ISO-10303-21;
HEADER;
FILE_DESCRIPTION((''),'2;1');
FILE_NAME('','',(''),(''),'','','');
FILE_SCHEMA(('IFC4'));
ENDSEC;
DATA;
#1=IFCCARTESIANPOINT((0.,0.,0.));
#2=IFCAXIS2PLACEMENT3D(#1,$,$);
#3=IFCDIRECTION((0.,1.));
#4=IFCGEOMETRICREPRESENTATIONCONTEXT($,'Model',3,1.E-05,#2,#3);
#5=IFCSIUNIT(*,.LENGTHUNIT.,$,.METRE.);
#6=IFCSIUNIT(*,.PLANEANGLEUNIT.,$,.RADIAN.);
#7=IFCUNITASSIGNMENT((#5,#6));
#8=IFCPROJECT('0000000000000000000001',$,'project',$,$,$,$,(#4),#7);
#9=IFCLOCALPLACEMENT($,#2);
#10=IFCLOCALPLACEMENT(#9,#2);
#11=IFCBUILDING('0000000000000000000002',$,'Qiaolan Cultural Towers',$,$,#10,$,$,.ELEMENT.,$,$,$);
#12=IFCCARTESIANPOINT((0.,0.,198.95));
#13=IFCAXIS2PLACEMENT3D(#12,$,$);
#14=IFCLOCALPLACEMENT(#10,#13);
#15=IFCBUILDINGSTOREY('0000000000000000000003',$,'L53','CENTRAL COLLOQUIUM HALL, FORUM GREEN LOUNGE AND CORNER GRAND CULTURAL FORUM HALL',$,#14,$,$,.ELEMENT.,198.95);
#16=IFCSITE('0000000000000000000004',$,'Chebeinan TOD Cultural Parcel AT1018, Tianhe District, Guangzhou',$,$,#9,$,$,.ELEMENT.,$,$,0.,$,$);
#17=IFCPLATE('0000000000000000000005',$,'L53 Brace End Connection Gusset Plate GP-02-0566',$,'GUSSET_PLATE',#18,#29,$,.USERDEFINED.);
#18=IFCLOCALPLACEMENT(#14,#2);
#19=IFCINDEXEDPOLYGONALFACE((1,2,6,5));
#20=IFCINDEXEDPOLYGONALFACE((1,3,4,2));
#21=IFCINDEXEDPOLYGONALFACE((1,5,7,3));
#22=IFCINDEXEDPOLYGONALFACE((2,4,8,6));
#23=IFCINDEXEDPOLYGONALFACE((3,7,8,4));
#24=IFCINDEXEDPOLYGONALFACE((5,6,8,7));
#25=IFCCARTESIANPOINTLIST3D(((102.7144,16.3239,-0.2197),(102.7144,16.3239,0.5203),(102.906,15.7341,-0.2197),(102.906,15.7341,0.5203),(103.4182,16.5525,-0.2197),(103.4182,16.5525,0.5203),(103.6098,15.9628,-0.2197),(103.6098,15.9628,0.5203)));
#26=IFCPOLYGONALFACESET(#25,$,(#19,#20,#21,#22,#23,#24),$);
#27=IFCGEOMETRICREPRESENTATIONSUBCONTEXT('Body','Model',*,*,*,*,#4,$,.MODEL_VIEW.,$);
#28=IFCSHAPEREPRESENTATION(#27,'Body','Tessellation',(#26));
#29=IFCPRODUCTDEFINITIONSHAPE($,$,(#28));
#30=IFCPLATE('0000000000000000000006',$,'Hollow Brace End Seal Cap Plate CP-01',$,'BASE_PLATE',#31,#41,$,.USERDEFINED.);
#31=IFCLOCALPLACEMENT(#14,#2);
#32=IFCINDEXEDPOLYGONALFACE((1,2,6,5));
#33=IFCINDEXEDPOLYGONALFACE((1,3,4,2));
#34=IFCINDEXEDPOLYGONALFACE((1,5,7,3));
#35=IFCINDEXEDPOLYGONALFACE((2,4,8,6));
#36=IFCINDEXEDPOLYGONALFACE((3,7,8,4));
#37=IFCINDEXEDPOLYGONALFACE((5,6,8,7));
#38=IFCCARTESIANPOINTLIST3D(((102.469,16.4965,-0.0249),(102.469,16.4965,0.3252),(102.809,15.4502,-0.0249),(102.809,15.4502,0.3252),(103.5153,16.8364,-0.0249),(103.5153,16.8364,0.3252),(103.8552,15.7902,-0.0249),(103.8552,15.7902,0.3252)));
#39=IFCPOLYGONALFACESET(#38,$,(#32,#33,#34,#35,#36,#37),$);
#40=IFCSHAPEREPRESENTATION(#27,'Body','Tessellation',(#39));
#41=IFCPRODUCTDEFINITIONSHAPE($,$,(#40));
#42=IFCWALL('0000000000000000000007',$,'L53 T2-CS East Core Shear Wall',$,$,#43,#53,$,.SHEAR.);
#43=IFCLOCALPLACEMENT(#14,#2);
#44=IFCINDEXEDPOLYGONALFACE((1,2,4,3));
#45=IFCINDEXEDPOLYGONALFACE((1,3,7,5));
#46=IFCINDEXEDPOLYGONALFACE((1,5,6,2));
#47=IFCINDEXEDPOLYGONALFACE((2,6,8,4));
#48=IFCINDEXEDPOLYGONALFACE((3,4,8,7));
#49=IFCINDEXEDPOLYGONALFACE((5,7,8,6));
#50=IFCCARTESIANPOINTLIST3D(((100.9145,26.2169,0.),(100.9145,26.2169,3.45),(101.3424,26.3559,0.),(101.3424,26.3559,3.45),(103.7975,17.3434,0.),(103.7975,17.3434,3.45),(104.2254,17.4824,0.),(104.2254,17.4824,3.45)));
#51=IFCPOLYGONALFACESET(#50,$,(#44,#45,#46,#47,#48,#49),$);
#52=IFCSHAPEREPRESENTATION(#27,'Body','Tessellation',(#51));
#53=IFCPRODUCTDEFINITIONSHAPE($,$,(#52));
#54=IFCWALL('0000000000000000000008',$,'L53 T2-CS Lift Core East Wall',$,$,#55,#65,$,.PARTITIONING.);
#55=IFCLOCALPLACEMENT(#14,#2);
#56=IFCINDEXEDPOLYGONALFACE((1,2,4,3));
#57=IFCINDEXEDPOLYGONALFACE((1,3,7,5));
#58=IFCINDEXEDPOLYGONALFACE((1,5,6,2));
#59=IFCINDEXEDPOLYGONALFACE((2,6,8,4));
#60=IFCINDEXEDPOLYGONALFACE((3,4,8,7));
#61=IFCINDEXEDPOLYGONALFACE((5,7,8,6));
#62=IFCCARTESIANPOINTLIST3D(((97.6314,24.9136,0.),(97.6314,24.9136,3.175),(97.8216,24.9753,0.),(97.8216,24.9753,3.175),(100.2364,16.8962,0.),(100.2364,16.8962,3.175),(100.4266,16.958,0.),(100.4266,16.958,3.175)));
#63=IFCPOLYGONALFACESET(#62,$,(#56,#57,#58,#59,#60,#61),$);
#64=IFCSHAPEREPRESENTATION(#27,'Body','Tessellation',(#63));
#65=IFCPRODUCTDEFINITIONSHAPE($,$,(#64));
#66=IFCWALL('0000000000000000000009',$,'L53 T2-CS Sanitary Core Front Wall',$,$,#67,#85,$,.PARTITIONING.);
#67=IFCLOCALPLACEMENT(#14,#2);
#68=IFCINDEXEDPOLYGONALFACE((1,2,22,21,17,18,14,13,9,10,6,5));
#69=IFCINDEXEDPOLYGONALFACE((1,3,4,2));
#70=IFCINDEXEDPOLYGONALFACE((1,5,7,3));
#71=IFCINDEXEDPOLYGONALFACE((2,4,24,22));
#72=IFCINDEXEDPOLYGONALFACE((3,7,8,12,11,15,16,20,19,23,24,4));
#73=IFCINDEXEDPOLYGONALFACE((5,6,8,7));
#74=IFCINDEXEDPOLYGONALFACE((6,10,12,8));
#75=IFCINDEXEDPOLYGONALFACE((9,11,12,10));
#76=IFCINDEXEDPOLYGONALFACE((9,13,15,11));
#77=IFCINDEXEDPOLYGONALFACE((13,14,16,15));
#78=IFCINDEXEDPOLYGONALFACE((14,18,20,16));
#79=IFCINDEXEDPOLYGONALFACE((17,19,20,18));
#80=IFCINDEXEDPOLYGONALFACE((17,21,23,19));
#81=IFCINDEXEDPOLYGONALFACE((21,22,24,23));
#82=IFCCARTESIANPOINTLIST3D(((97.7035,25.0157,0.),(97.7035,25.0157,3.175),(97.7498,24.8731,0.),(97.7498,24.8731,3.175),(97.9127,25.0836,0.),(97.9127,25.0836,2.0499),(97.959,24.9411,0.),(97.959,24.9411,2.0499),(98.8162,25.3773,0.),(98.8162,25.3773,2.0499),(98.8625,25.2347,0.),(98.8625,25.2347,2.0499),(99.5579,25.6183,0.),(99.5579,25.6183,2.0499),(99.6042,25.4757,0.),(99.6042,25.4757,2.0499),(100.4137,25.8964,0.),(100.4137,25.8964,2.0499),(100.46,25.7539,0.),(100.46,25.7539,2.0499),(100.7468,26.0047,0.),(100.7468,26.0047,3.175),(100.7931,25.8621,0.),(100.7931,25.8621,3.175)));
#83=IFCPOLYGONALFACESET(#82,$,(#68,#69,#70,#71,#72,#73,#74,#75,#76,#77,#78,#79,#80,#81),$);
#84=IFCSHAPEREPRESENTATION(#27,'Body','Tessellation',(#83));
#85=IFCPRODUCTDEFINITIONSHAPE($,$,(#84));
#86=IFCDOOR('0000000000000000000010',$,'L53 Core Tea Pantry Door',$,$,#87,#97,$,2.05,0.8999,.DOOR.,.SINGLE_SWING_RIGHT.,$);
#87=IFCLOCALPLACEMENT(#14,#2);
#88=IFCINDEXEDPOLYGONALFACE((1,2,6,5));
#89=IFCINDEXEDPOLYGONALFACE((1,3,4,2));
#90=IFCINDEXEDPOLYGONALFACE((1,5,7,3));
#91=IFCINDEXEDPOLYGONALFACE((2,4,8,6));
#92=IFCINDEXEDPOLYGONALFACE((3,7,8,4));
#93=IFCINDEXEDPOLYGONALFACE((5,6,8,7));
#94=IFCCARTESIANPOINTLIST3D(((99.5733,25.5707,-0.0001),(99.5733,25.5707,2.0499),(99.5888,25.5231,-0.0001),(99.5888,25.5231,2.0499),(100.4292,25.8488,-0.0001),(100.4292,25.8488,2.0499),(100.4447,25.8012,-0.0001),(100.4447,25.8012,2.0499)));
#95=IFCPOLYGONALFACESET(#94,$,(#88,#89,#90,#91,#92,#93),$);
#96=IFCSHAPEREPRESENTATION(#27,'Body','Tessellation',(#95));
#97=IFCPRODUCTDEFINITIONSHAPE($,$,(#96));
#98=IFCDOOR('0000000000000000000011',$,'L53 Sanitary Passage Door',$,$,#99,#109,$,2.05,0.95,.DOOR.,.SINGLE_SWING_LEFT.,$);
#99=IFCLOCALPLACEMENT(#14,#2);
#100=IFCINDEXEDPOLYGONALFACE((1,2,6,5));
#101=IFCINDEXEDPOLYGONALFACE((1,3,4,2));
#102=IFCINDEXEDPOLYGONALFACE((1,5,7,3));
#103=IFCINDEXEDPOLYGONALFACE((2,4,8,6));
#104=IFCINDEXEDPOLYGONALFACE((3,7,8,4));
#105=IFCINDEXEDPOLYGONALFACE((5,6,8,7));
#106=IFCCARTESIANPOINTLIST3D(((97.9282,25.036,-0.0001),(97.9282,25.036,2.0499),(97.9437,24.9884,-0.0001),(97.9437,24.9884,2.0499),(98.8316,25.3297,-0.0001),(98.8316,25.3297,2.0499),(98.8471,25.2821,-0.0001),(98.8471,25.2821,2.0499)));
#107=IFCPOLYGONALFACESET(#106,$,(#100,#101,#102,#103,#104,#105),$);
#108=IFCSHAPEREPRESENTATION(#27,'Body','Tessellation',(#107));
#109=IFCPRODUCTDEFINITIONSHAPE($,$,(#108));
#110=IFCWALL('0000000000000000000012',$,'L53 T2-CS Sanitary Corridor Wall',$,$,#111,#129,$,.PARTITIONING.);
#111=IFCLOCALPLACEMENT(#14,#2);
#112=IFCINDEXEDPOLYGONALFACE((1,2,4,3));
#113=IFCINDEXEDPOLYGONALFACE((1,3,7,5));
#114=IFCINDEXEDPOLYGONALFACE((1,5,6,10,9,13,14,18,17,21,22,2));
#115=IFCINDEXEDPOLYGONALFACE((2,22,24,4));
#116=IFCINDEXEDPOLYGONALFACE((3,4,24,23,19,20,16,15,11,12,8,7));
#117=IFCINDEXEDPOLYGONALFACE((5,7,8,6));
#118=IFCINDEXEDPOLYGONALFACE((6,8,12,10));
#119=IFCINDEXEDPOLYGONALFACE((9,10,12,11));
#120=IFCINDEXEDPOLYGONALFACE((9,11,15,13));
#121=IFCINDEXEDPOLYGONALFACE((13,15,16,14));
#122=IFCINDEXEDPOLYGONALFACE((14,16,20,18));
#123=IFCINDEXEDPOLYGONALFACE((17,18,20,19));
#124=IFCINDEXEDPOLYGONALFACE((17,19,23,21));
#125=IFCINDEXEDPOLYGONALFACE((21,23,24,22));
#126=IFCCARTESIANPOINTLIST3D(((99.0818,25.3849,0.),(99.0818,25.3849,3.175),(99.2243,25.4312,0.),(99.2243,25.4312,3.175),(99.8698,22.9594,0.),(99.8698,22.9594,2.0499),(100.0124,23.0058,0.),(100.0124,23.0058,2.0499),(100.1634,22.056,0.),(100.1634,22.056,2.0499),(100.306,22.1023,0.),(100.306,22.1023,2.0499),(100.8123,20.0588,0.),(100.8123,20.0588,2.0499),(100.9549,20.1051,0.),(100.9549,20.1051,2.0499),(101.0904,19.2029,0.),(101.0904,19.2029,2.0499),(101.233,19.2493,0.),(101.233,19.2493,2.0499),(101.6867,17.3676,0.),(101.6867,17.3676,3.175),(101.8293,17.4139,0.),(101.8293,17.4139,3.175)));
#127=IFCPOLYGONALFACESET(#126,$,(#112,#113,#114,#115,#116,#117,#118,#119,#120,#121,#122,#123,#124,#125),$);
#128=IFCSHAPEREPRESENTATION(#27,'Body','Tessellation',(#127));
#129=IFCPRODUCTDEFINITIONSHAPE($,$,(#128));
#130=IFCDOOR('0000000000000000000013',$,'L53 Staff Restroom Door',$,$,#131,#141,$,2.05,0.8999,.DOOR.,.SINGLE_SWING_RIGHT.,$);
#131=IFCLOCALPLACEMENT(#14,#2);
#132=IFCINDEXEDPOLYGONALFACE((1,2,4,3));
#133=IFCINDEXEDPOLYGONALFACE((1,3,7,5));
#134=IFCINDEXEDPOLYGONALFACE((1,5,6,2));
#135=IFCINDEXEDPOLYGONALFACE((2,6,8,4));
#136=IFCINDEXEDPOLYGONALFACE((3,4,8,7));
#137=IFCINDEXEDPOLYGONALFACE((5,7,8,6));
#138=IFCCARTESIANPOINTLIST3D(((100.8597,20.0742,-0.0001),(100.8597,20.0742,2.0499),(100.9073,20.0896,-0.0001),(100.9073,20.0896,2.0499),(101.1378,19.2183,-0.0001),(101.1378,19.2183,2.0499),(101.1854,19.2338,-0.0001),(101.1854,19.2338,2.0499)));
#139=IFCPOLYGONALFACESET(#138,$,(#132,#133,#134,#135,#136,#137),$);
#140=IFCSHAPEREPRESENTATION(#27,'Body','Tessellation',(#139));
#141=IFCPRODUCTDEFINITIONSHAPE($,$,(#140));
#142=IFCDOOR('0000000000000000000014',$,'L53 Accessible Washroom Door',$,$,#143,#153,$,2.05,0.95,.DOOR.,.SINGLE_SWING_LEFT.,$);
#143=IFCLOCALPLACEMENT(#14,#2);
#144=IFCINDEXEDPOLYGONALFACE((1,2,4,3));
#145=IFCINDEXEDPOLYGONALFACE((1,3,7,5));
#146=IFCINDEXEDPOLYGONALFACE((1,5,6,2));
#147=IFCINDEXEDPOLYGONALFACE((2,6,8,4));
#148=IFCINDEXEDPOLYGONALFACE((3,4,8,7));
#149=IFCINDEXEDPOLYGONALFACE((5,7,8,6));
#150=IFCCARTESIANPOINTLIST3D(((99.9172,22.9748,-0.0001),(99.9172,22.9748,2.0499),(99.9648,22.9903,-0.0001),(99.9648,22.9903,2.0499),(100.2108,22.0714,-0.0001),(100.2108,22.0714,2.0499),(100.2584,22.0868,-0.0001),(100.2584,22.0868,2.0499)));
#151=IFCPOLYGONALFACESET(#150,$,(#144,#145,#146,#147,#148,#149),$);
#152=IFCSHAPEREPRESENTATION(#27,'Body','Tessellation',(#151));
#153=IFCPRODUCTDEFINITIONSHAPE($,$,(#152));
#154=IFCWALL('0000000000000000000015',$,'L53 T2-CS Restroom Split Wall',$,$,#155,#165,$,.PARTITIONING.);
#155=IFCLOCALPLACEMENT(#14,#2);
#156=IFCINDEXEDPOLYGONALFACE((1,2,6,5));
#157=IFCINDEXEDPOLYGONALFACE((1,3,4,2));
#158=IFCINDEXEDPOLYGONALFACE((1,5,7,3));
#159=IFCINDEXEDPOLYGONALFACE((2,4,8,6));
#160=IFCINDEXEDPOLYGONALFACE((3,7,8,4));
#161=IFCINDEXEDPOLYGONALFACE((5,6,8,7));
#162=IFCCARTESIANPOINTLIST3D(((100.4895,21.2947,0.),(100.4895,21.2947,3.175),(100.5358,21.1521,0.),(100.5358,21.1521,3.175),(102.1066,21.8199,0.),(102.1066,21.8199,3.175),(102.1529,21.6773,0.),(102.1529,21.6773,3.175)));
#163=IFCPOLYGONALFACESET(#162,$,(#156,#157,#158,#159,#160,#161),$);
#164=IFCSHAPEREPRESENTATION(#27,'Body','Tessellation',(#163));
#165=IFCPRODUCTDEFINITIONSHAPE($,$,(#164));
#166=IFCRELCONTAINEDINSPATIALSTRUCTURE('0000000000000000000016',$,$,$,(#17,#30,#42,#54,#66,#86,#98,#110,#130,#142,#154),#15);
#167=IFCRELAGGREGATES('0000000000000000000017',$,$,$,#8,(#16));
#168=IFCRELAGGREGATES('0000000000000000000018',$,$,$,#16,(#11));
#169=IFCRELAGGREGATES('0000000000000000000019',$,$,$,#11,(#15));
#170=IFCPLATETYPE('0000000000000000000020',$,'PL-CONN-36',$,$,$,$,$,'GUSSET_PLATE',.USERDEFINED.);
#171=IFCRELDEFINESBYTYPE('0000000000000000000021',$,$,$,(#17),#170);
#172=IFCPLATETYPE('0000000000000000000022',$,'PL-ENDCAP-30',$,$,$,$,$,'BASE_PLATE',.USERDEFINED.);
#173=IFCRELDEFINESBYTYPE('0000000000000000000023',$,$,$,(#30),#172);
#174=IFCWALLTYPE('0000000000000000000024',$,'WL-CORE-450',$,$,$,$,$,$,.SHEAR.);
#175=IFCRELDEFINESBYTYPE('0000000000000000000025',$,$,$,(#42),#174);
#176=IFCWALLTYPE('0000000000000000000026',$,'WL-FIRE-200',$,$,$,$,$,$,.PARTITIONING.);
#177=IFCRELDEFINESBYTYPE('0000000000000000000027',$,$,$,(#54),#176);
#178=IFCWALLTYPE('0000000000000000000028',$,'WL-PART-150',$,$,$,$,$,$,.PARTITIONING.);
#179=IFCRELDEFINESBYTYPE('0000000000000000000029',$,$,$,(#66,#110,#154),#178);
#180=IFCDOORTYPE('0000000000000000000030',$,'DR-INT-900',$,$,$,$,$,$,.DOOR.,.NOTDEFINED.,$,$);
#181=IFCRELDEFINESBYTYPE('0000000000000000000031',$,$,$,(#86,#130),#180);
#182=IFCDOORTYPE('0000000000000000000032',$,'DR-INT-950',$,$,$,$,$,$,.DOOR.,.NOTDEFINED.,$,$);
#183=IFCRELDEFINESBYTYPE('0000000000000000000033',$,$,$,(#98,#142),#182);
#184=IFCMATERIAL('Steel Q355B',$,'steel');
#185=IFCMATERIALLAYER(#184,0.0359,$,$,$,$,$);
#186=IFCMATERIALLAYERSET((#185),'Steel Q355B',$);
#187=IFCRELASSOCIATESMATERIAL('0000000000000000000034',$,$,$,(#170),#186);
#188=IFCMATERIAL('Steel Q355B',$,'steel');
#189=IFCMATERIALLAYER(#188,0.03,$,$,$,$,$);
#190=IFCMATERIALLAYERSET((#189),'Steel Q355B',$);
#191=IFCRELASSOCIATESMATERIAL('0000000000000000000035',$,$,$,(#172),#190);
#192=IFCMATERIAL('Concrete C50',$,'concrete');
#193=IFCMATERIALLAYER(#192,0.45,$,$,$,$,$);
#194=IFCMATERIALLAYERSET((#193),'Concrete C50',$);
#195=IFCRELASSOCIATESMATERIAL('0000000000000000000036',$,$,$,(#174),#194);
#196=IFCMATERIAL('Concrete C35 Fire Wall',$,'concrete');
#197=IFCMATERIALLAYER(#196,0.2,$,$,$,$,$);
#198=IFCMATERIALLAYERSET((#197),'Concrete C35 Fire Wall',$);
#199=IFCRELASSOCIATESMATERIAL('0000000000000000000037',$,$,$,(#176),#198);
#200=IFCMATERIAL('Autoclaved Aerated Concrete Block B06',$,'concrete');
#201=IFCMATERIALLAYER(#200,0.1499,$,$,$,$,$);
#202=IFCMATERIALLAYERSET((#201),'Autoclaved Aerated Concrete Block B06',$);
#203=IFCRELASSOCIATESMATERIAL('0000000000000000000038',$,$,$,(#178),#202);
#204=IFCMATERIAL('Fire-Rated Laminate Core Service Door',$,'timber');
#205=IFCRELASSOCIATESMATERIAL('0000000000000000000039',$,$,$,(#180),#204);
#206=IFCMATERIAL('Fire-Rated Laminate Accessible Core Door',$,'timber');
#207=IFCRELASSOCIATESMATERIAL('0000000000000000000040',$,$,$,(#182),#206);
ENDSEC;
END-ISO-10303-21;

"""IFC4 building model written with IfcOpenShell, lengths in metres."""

from ifc_helpers import new_model, si_unit, direction, frame, frame_2d, origin, origin_2d, place, context, subcontext, project, spatial, rectangle, extrude, material, layer, layer_set, type_object, element, fill, save


model = new_model("IFC4")

# Units and contexts
model_context = context("Model", 3, precision=1e-05, world=origin(), true_north=direction((0.0, 1.0)))
body_context = subcontext(model_context, "Body", "Model", "MODEL_VIEW")
ifc_project = project(units=[si_unit("LENGTHUNIT", "METRE"), si_unit("PLANEANGLEUNIT", "RADIAN")], contexts=[model_context])

# Site, building, storey
site_placement = place(None, origin())
site = spatial("IfcSite", under=ifc_project, at=site_placement, Name="Chebeinan TOD Cultural Parcel AT1018, Tianhe District, Guangzhou", CompositionType="ELEMENT", RefElevation=0.0)
building_placement = place(site_placement, origin())
building = spatial("IfcBuilding", under=site, at=building_placement, Name="Qiaolan Cultural Towers", CompositionType="ELEMENT")
storey_placement = place(building_placement, frame((0.0, 0.0, 198.95)))
storey = spatial("IfcBuildingStorey", under=building, at=storey_placement, Name="L53", Description="CENTRAL COLLOQUIUM HALL, FORUM GREEN LOUNGE AND CORNER GRAND CULTURAL FORUM HALL", CompositionType="ELEMENT", Elevation=198.95)

# Plates
ifc_material_1 = material(Name="Steel Q355B", Category="steel")
ifc_layer_1 = layer(ifc_material_1, 0.0359)
ifc_layer_set_1 = layer_set([ifc_layer_1], Name="Steel Q355B")
plate_type_1 = type_object("IfcPlateType", Name="PL-CONN-36", ElementType="GUSSET_PLATE", PredefinedType="USERDEFINED", material=ifc_layer_set_1)
plate_1_placement = place(storey_placement, frame((103.1621, 16.1433, -0.2197), z_axis=(0.0, 0.0, 1.0), x_axis=(0.951057, 0.309017, 0.0)))
element("IfcPlate", 1, at=plate_1_placement, inside=storey, type_object=plate_type_1, Name="L53 Brace End Connection Gusset Plate GP-02-0566", ObjectType="GUSSET_PLATE", PredefinedType="USERDEFINED", context=body_context, shape_type="SweptSolid", body=[
    extrude(rectangle(XDim=0.74, YDim=0.6201, at=origin_2d()), origin(), (0.0, 0.0, 1.0), 0.74),
])
ifc_material_2 = material(Name="Steel Q355B", Category="steel")
ifc_layer_2 = layer(ifc_material_2, 0.03)
ifc_layer_set_2 = layer_set([ifc_layer_2], Name="Steel Q355B")
plate_type_2 = type_object("IfcPlateType", Name="PL-ENDCAP-30", ElementType="BASE_PLATE", PredefinedType="USERDEFINED", material=ifc_layer_set_2)
plate_2_placement = place(storey_placement, frame((103.1621, 16.1433, -0.0249), z_axis=(0.0, 0.0, 1.0), x_axis=(0.951057, 0.309017, 0.0)))
element("IfcPlate", 2, at=plate_2_placement, inside=storey, type_object=plate_type_2, Name="Hollow Brace End Seal Cap Plate CP-01", ObjectType="BASE_PLATE", PredefinedType="USERDEFINED", context=body_context, shape_type="SweptSolid", body=[
    extrude(rectangle(XDim=1.1001, YDim=1.1001, at=origin_2d()), origin(), (0.0, 0.0, 1.0), 0.3501),
])

# Walls
ifc_material_3 = material(Name="Concrete C50", Category="concrete")
ifc_layer_3 = layer(ifc_material_3, 0.45)
ifc_layer_set_3 = layer_set([ifc_layer_3], Name="Concrete C50")
wall_type_1 = type_object("IfcWallType", Name="WL-CORE-450", PredefinedType="SHEAR", material=ifc_layer_set_3)
wall_1_placement = place(storey_placement, frame((101.1284, 26.2864, 0.0), z_axis=(0.0, 0.0, 1.0), x_axis=(0.309004, -0.951061, 0.0)))
element("IfcWall", 3, at=wall_1_placement, inside=storey, type_object=wall_type_1, Name="L53 T2-CS East Core Shear Wall", PredefinedType="SHEAR", context=body_context, shape_type="SweptSolid", body=[
    extrude(rectangle(XDim=9.3301, YDim=0.45, at=frame_2d((4.665, 0.0))), origin(), (0.0, 0.0, 1.0), 3.45),
])
ifc_material_4 = material(Name="Concrete C35 Fire Wall", Category="concrete")
ifc_layer_4 = layer(ifc_material_4, 0.2)
ifc_layer_set_4 = layer_set([ifc_layer_4], Name="Concrete C35 Fire Wall")
wall_type_2 = type_object("IfcWallType", Name="WL-FIRE-200", PredefinedType="PARTITIONING", material=ifc_layer_set_4)
wall_2_placement = place(storey_placement, frame((97.7266, 24.9443, 0.0), z_axis=(0.0, 0.0, 1.0), x_axis=(0.309016, -0.951057, 0.0)))
element("IfcWall", 4, at=wall_2_placement, inside=storey, type_object=wall_type_2, Name="L53 T2-CS Lift Core East Wall", PredefinedType="PARTITIONING", context=body_context, shape_type="SweptSolid", body=[
    extrude(rectangle(XDim=8.4299, YDim=0.2, at=frame_2d((4.2148, 0.0))), origin(), (0.0, 0.0, 1.0), 3.175),
])

# Walls, openings, doors
ifc_material_5 = material(Name="Autoclaved Aerated Concrete Block B06", Category="concrete")
ifc_layer_5 = layer(ifc_material_5, 0.1499)
ifc_layer_set_5 = layer_set([ifc_layer_5], Name="Autoclaved Aerated Concrete Block B06")
wall_type_3 = type_object("IfcWallType", Name="WL-PART-150", PredefinedType="PARTITIONING", material=ifc_layer_set_5)
wall_3_placement = place(storey_placement, frame((97.7266, 24.9443, 0.0), z_axis=(0.0, 0.0, 1.0), x_axis=(0.951037, 0.309077, 0.0)))
wall_3 = element("IfcWall", 5, at=wall_3_placement, inside=storey, type_object=wall_type_3, Name="L53 T2-CS Sanitary Core Front Wall", PredefinedType="PARTITIONING", context=body_context, shape_type="SweptSolid", body=[
    extrude(rectangle(XDim=3.2, YDim=0.1499, at=frame_2d((1.6001, 0.0))), origin(), (0.0, 0.0, 1.0), 3.175),
])
opening_1_placement = place(wall_3_placement, frame((0.22, 0.0, 0.0)))
opening_1 = element("IfcOpeningElement", 6, at=opening_1_placement, cuts=wall_3, PredefinedType="OPENING", context=body_context, shape_type="SweptSolid", body=[
    extrude(rectangle(XDim=0.95, YDim=2.05, at=frame_2d((0.4751, 1.0249))), frame((0.0, 0.085, 0.0), z_axis=(0.0, -1.0, 0.0), x_axis=(1.0, 0.0, 0.0)), (0.0, 0.0, 1.0), 0.1699),
])
opening_2_placement = place(wall_3_placement, frame((1.95, 0.0, 0.0)))
opening_2 = element("IfcOpeningElement", 7, at=opening_2_placement, cuts=wall_3, PredefinedType="OPENING", context=body_context, shape_type="SweptSolid", body=[
    extrude(rectangle(XDim=0.8999, YDim=2.05, at=frame_2d((0.45, 1.0249))), frame((0.0, 0.085, 0.0), z_axis=(0.0, -1.0, 0.0), x_axis=(1.0, 0.0, 0.0)), (0.0, 0.0, 1.0), 0.1699),
])
ifc_material_6 = material(Name="Fire-Rated Laminate Core Service Door", Category="timber")
door_type_1 = type_object("IfcDoorType", Name="DR-INT-900", OperationType="NOTDEFINED", PredefinedType="DOOR", material=ifc_material_6)
door_1_placement = place(opening_2_placement, origin())
door_1 = element("IfcDoor", 8, at=door_1_placement, inside=storey, type_object=door_type_1, Name="L53 Core Tea Pantry Door", OperationType="SINGLE_SWING_RIGHT", OverallHeight=2.05, OverallWidth=0.8999, PredefinedType="DOOR", context=body_context, shape_type="SweptSolid", body=[
    extrude(rectangle(XDim=0.8999, YDim=2.05, at=frame_2d((0.45, 1.0249))), frame((0.0, 0.0249, 0.0), z_axis=(0.0, -1.0, 0.0), x_axis=(1.0, 0.0, 0.0)), (0.0, 0.0, 1.0), 0.05),
])
fill(opening_2, door_1)
ifc_material_7 = material(Name="Fire-Rated Laminate Accessible Core Door", Category="timber")
door_type_2 = type_object("IfcDoorType", Name="DR-INT-950", OperationType="NOTDEFINED", PredefinedType="DOOR", material=ifc_material_7)
door_2_placement = place(opening_1_placement, origin())
door_2 = element("IfcDoor", 9, at=door_2_placement, inside=storey, type_object=door_type_2, Name="L53 Sanitary Passage Door", OperationType="SINGLE_SWING_LEFT", OverallHeight=2.05, OverallWidth=0.95, PredefinedType="DOOR", context=body_context, shape_type="SweptSolid", body=[
    extrude(rectangle(XDim=0.95, YDim=2.05, at=frame_2d((0.4751, 1.0249))), frame((0.0, 0.0249, 0.0), z_axis=(0.0, -1.0, 0.0), x_axis=(1.0, 0.0, 0.0)), (0.0, 0.0, 1.0), 0.05),
])
fill(opening_1, door_2)
wall_4_placement = place(storey_placement, frame((99.1531, 25.408, 0.0), z_axis=(0.0, 0.0, 1.0), x_axis=(0.309016, -0.951057, 0.0)))
wall_4 = element("IfcWall", 10, at=wall_4_placement, inside=storey, type_object=wall_type_3, Name="L53 T2-CS Sanitary Corridor Wall", PredefinedType="PARTITIONING", context=body_context, shape_type="SweptSolid", body=[
    extrude(rectangle(XDim=8.4299, YDim=0.1499, at=frame_2d((4.2148, 0.0))), origin(), (0.0, 0.0, 1.0), 3.175),
])
opening_3_placement = place(wall_4_placement, frame((2.55, 0.0, 0.0)))
opening_3 = element("IfcOpeningElement", 11, at=opening_3_placement, cuts=wall_4, PredefinedType="OPENING", context=body_context, shape_type="SweptSolid", body=[
    extrude(rectangle(XDim=0.95, YDim=2.05, at=frame_2d((0.4751, 1.0249))), frame((0.0, 0.085, 0.0), z_axis=(0.0, -1.0, 0.0), x_axis=(1.0, 0.0, 0.0)), (0.0, 0.0, 1.0), 0.1699),
])
opening_4_placement = place(wall_4_placement, frame((5.6001, 0.0, 0.0)))
opening_4 = element("IfcOpeningElement", 12, at=opening_4_placement, cuts=wall_4, PredefinedType="OPENING", context=body_context, shape_type="SweptSolid", body=[
    extrude(rectangle(XDim=0.8999, YDim=2.05, at=frame_2d((0.45, 1.0249))), frame((0.0, 0.085, 0.0), z_axis=(0.0, -1.0, 0.0), x_axis=(1.0, 0.0, 0.0)), (0.0, 0.0, 1.0), 0.1699),
])
door_3_placement = place(opening_4_placement, origin())
door_3 = element("IfcDoor", 13, at=door_3_placement, inside=storey, type_object=door_type_1, Name="L53 Staff Restroom Door", OperationType="SINGLE_SWING_RIGHT", OverallHeight=2.05, OverallWidth=0.8999, PredefinedType="DOOR", context=body_context, shape_type="SweptSolid", body=[
    extrude(rectangle(XDim=0.8999, YDim=2.05, at=frame_2d((0.45, 1.0249))), frame((0.0, 0.0249, 0.0), z_axis=(0.0, -1.0, 0.0), x_axis=(1.0, 0.0, 0.0)), (0.0, 0.0, 1.0), 0.05),
])
fill(opening_4, door_3)
door_4_placement = place(opening_3_placement, origin())
door_4 = element("IfcDoor", 14, at=door_4_placement, inside=storey, type_object=door_type_2, Name="L53 Accessible Washroom Door", OperationType="SINGLE_SWING_LEFT", OverallHeight=2.05, OverallWidth=0.95, PredefinedType="DOOR", context=body_context, shape_type="SweptSolid", body=[
    extrude(rectangle(XDim=0.95, YDim=2.05, at=frame_2d((0.4751, 1.0249))), frame((0.0, 0.0249, 0.0), z_axis=(0.0, -1.0, 0.0), x_axis=(1.0, 0.0, 0.0)), (0.0, 0.0, 1.0), 0.05),
])
fill(opening_3, door_4)

# Wall
for number, where, z_axis, x_axis, name in (
    (15, (100.5127, 21.2234, 0.0), (0.0, 0.0, 1.0), (0.951096, 0.308894, 0.0), "L53 T2-CS Restroom Split Wall"),
):
    element("IfcWall", number, at=place(storey_placement, frame(where, z_axis=z_axis, x_axis=x_axis)), inside=storey, type_object=wall_type_3, Name=name, PredefinedType="PARTITIONING", context=body_context, shape_type="SweptSolid", body=[
        extrude(rectangle(XDim=1.7002, YDim=0.1499, at=frame_2d((0.8501, 0.0))), origin(), (0.0, 0.0, 1.0), 3.175),
    ])

save(model, "model.ifc")
